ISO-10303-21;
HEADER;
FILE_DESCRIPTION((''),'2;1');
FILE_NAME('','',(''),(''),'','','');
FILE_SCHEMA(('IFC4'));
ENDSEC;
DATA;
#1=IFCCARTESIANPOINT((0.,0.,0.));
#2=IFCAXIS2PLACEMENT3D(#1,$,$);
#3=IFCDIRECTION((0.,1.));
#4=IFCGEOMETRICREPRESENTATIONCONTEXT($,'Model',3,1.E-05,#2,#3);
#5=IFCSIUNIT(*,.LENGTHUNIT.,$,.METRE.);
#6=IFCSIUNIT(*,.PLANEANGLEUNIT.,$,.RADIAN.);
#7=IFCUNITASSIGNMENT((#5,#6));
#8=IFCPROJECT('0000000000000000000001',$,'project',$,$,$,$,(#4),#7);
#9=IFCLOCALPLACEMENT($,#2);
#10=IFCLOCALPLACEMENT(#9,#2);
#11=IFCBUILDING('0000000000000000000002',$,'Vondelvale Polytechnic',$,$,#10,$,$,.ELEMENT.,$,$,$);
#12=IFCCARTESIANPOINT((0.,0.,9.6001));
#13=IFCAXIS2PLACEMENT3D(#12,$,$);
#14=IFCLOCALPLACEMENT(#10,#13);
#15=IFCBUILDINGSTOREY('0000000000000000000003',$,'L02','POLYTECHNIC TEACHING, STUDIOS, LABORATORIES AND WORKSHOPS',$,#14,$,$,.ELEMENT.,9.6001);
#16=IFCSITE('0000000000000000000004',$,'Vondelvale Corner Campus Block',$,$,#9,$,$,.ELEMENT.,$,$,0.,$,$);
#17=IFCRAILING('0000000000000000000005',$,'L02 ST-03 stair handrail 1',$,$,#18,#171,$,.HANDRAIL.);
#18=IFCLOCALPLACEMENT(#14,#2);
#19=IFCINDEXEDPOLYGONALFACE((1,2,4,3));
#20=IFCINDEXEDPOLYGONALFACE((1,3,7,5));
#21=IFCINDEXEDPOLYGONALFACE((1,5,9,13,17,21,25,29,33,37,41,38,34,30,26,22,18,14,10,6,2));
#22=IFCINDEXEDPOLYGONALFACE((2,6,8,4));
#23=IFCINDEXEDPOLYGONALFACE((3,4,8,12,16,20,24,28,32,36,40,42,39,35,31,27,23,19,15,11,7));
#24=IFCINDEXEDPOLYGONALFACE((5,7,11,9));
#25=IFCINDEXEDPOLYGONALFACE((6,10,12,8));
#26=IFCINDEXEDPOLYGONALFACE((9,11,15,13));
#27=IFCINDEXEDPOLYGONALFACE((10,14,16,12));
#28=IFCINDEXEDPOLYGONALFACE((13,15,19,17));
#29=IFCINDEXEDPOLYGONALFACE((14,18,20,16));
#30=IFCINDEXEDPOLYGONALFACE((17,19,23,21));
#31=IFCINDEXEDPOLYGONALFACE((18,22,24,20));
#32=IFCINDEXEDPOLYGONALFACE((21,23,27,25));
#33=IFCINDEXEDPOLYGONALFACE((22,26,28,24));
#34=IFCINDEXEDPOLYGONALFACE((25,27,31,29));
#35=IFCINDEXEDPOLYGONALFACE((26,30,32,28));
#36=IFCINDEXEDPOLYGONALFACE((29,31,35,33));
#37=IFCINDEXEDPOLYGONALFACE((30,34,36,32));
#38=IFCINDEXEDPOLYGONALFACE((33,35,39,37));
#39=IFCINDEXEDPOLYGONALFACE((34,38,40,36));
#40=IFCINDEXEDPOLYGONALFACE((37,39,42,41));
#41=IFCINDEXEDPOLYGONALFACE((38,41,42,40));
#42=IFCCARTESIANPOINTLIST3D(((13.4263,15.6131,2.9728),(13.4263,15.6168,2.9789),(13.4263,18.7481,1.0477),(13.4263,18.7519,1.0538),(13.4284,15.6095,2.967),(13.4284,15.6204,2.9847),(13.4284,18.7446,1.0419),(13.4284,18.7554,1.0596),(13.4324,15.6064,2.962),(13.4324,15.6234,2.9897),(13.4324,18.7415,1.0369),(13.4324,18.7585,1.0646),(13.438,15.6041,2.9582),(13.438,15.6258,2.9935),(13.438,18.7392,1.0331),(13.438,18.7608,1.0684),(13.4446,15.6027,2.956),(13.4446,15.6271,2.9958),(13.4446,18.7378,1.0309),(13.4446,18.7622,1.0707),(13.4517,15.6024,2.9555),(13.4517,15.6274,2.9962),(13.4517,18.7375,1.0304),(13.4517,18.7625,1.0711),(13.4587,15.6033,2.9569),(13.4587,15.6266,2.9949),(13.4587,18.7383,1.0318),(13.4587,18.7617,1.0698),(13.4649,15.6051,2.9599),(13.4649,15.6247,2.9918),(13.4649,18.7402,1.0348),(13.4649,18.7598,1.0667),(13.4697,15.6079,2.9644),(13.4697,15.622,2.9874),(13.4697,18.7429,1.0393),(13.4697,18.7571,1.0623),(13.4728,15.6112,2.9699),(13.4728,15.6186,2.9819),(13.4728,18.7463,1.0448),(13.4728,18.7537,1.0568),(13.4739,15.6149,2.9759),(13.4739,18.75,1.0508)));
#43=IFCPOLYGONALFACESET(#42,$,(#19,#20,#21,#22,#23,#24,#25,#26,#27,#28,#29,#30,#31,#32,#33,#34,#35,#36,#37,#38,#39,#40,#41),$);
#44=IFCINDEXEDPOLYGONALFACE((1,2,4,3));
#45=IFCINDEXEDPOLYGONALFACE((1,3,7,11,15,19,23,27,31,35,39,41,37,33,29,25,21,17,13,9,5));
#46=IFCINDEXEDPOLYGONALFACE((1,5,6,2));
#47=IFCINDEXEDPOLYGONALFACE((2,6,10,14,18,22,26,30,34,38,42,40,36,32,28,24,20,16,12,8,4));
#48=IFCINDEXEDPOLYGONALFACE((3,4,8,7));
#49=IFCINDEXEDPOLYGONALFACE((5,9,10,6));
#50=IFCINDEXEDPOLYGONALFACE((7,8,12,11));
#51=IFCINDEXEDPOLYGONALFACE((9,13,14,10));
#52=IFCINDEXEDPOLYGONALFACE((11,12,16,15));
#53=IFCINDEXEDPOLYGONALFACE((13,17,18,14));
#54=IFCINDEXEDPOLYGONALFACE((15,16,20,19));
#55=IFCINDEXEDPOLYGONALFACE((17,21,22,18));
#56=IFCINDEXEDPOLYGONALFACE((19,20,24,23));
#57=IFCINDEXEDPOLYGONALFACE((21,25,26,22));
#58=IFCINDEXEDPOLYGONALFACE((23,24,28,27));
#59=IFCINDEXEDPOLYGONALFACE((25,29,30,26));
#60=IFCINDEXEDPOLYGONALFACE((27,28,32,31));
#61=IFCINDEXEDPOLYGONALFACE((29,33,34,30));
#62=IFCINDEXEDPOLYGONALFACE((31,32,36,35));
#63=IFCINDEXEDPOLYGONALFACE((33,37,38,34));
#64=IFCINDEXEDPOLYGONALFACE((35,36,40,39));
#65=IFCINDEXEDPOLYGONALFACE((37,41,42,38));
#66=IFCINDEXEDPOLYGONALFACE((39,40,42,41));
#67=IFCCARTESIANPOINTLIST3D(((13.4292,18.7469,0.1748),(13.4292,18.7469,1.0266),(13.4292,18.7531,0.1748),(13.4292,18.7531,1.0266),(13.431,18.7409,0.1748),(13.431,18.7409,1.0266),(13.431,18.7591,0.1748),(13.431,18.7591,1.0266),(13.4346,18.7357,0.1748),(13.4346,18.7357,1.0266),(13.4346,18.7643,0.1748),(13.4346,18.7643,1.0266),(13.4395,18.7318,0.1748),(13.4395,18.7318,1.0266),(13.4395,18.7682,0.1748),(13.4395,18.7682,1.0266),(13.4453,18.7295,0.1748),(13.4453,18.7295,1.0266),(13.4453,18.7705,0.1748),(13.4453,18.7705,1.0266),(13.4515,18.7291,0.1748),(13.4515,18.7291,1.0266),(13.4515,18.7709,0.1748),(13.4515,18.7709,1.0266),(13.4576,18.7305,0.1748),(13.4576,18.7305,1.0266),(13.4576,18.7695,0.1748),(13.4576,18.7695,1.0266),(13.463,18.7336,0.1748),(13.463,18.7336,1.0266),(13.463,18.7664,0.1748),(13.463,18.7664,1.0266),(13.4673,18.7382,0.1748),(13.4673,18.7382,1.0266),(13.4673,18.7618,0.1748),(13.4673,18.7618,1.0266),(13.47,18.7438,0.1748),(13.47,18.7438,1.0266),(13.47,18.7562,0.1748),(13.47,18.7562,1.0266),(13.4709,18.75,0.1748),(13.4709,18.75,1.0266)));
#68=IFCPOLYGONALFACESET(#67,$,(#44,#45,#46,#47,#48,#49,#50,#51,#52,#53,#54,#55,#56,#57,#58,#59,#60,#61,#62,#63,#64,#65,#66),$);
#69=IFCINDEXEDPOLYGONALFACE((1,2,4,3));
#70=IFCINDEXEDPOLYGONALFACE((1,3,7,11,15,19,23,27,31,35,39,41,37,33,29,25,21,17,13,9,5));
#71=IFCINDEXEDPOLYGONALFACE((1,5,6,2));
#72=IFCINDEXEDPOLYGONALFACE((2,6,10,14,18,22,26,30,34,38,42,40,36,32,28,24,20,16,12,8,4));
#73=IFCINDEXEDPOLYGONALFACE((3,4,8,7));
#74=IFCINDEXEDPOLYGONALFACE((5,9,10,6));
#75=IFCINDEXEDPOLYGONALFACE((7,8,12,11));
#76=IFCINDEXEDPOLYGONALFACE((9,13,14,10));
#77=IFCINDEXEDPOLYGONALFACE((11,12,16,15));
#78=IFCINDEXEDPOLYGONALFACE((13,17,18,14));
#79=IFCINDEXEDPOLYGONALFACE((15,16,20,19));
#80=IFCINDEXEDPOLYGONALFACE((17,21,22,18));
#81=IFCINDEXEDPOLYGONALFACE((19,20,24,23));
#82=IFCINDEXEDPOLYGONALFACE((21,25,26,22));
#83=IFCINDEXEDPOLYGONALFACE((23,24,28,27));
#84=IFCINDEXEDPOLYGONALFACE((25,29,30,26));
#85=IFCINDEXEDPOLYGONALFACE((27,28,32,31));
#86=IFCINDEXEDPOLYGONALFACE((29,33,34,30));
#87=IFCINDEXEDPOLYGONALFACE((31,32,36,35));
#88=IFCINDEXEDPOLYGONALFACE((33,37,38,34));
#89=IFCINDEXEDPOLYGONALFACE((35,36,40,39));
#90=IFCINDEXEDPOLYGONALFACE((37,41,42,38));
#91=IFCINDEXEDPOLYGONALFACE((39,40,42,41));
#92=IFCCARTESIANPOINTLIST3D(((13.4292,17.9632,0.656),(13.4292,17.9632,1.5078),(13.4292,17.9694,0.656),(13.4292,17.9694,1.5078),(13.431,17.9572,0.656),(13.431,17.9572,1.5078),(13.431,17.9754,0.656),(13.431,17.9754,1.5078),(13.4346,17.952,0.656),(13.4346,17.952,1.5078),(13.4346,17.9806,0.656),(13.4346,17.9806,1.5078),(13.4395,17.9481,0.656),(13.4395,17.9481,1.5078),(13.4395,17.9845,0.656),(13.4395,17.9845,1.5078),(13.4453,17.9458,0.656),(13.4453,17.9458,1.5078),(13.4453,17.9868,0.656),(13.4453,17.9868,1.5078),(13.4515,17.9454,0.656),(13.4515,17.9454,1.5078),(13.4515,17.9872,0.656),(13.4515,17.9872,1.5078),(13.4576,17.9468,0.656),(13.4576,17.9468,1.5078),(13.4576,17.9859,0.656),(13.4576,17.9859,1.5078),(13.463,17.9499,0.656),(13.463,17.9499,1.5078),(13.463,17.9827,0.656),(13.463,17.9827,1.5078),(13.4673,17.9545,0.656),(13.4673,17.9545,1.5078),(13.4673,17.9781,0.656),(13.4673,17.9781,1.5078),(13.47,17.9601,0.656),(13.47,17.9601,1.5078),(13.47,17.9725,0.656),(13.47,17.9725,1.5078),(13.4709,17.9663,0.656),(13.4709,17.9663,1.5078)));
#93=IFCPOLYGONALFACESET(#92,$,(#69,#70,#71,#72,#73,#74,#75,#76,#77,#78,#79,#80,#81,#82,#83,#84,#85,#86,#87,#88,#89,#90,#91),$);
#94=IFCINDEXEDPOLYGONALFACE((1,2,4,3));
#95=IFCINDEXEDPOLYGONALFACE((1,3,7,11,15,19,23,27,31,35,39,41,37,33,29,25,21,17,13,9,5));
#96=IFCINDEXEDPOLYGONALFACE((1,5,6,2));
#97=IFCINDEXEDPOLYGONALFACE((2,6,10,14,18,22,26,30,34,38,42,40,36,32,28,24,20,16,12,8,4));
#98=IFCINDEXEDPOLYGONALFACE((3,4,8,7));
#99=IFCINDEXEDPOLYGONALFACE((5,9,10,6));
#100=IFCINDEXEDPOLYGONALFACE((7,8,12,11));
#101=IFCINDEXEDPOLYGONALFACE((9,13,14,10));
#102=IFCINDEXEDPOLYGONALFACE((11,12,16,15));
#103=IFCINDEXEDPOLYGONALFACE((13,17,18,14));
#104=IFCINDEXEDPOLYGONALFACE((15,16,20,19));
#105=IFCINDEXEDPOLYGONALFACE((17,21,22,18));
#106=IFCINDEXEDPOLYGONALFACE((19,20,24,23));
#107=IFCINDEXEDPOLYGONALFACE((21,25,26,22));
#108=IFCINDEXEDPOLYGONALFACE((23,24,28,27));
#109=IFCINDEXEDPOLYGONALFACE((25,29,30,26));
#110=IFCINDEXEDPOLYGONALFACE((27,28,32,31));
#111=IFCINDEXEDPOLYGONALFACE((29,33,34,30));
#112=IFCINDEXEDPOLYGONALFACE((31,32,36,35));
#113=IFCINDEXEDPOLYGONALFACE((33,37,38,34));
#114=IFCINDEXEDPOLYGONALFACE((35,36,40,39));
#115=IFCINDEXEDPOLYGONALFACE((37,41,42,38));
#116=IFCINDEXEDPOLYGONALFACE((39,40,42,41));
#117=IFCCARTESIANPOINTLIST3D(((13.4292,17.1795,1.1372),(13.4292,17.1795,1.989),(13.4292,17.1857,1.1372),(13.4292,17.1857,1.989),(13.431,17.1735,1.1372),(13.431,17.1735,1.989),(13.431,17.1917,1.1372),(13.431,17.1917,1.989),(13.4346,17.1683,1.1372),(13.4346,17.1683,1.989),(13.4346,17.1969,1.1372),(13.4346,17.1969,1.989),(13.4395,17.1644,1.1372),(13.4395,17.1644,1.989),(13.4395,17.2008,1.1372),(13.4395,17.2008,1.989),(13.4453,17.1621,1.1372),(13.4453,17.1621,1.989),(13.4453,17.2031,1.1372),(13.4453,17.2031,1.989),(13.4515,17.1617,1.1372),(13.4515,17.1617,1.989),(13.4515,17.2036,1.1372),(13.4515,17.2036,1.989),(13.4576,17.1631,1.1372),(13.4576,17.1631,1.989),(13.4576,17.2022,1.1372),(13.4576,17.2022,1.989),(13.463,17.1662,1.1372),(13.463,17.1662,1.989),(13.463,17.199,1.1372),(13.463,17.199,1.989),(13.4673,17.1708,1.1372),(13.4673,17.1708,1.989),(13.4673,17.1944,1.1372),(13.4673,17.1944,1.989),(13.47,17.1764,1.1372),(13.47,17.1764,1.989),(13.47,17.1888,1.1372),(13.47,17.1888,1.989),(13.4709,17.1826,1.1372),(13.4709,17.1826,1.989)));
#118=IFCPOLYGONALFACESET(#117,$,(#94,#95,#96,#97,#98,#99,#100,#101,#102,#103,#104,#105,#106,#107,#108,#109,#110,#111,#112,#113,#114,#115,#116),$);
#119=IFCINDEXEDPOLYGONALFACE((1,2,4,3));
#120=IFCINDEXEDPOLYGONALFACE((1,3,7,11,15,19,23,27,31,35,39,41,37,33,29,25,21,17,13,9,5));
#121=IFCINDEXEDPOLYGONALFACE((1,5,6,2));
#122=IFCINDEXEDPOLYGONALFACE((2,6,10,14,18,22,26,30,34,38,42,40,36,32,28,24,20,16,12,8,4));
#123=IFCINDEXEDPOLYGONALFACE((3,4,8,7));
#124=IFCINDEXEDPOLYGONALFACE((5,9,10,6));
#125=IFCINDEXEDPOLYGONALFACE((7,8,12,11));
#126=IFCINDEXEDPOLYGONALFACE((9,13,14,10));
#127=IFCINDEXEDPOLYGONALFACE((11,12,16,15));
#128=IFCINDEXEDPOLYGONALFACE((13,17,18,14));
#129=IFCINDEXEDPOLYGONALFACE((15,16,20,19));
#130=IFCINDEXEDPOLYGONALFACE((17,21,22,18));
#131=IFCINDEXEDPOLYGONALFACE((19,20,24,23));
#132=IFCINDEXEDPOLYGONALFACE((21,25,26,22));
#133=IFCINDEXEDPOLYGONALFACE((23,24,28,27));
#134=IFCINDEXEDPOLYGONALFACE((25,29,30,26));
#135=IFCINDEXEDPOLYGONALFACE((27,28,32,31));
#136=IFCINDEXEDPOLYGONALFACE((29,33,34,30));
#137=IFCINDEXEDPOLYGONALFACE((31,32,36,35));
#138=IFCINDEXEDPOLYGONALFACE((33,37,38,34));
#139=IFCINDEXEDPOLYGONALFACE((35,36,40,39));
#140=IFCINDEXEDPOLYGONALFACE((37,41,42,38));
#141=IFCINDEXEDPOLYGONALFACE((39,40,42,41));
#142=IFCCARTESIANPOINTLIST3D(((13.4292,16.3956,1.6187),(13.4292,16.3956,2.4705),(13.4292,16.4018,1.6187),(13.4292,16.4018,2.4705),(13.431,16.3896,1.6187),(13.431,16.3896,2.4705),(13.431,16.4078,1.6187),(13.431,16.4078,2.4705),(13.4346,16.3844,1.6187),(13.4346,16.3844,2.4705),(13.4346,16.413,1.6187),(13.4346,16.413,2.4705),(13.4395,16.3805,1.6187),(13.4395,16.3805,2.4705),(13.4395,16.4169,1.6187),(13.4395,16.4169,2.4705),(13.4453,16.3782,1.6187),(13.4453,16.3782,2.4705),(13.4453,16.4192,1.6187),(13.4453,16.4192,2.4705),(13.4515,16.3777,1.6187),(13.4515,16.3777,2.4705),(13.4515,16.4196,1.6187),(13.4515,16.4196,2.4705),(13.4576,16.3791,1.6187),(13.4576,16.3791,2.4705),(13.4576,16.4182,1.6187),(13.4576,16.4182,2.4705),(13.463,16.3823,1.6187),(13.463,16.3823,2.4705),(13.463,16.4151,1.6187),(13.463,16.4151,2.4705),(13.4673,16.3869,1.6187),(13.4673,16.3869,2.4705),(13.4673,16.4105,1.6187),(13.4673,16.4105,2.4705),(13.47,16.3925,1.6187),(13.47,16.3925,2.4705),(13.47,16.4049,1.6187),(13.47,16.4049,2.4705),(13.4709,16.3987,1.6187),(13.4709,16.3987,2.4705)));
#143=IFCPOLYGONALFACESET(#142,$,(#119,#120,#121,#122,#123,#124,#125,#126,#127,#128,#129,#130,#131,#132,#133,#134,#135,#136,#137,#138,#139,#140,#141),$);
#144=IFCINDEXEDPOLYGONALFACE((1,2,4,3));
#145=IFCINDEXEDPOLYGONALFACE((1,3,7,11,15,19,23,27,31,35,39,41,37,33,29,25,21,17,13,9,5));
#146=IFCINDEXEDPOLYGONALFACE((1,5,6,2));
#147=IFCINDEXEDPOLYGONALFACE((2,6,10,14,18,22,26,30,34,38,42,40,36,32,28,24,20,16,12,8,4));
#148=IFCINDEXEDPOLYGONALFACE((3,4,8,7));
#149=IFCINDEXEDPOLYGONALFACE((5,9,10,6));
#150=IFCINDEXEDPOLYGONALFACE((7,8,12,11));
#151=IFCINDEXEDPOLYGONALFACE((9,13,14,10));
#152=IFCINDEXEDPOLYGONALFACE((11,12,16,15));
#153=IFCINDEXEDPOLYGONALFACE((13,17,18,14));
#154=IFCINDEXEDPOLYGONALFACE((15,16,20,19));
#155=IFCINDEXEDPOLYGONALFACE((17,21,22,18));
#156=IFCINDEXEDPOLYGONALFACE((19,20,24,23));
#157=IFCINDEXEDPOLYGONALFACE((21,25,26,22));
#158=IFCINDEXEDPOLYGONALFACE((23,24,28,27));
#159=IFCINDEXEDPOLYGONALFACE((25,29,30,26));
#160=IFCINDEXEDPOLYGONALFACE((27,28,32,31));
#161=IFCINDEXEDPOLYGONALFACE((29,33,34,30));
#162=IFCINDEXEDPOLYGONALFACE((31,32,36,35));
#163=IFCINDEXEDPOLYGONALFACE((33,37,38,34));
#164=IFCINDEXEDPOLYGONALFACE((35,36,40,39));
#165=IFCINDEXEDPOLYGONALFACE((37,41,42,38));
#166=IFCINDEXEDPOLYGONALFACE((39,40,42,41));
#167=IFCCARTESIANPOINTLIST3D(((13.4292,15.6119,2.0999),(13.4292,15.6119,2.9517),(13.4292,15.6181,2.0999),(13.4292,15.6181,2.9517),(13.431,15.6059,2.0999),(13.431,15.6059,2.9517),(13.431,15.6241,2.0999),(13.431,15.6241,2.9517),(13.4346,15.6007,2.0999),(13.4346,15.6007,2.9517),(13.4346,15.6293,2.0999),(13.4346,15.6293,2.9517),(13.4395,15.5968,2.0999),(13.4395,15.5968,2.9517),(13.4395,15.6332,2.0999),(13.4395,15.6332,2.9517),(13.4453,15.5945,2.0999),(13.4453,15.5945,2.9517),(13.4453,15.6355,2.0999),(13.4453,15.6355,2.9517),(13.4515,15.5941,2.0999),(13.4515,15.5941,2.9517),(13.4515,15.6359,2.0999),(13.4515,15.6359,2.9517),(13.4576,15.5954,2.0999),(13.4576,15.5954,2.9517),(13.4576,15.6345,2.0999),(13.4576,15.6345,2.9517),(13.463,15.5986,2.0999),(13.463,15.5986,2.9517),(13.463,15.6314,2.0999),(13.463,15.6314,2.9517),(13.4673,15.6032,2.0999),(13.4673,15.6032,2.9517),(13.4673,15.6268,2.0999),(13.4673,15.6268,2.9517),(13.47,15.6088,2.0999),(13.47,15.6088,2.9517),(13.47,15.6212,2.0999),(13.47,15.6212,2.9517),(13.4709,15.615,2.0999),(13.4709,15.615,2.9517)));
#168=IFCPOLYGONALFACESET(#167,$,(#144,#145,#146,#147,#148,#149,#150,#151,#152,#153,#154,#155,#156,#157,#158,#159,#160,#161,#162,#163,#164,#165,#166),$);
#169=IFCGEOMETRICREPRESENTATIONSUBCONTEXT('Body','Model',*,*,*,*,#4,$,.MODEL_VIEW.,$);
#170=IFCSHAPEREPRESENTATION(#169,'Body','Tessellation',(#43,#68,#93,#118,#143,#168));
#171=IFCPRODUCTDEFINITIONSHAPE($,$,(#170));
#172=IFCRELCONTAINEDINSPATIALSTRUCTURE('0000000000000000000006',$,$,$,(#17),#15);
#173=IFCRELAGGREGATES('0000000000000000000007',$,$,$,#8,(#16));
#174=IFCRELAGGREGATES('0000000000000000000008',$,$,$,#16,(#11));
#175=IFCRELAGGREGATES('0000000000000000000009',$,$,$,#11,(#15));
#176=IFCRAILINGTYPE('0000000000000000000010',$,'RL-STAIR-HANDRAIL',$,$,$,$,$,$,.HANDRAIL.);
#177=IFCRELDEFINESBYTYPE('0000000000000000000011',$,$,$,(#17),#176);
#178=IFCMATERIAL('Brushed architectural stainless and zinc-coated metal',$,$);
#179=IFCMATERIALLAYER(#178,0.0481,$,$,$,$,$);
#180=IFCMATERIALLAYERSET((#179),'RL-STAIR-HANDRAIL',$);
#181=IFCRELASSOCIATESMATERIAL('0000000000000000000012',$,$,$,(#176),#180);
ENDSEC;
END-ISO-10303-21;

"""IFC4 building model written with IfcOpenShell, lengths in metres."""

from ifc_helpers import new_model, si_unit, direction, frame, origin, origin_2d, place, context, subcontext, project, spatial, circle, extrude, material, layer, layer_set, type_object, element, save


model = new_model("IFC4")

# Units and contexts
model_context = context("Model", 3, precision=1e-05, world=origin(), true_north=direction((0.0, 1.0)))
body_context = subcontext(model_context, "Body", "Model", "MODEL_VIEW")
ifc_project = project(units=[si_unit("LENGTHUNIT", "METRE"), si_unit("PLANEANGLEUNIT", "RADIAN")], contexts=[model_context])

# Site, building, storey
site_placement = place(None, origin())
site = spatial("IfcSite", under=ifc_project, at=site_placement, Name="Vondelvale Corner Campus Block", CompositionType="ELEMENT", RefElevation=0.0)
building_placement = place(site_placement, origin())
building = spatial("IfcBuilding", under=site, at=building_placement, Name="Vondelvale Polytechnic", CompositionType="ELEMENT")
storey_placement = place(building_placement, frame((0.0, 0.0, 9.6001)))
storey = spatial("IfcBuildingStorey", under=building, at=storey_placement, Name="L02", Description="POLYTECHNIC TEACHING, STUDIOS, LABORATORIES AND WORKSHOPS", CompositionType="ELEMENT", Elevation=9.6001)

# Shared definitions
ifc_material_1 = material(Name="Brushed architectural stainless and zinc-coated metal")

# Railing
ifc_layer_1 = layer(ifc_material_1, 0.0481)
ifc_layer_set_1 = layer_set([ifc_layer_1], Name="RL-STAIR-HANDRAIL")
railing_type_1 = type_object("IfcRailingType", Name="RL-STAIR-HANDRAIL", PredefinedType="HANDRAIL", material=ifc_layer_set_1)
railing_1_placement = place(storey_placement, frame((13.45, 18.75, 0.1748)))
element("IfcRailing", 1, at=railing_1_placement, inside=storey, type_object=railing_type_1, Name="L02 ST-03 stair handrail 1", PredefinedType="HANDRAIL", context=body_context, shape_type="SweptSolid", body=[
    extrude(circle(Radius=0.0239, at=origin_2d()), frame((0.0, 0.0, 0.876), z_axis=(0.0, -0.852166, 0.523271), x_axis=(1.0, 0.0, 0.0)), (0.0, 0.0, 1.0), 3.679),
    extrude(circle(Radius=0.021, at=origin_2d()), origin(), (0.0, 0.0, 1.0), 0.8518),
    extrude(circle(Radius=0.021, at=origin_2d()), frame((0.0, -0.7837, 0.4812)), (0.0, 0.0, 1.0), 0.8518),
    extrude(circle(Radius=0.021, at=origin_2d()), frame((0.0, -1.5674, 0.9624)), (0.0, 0.0, 1.0), 0.8518),
    extrude(circle(Radius=0.021, at=origin_2d()), frame((0.0, -2.3513, 1.4438)), (0.0, 0.0, 1.0), 0.8518),
    extrude(circle(Radius=0.021, at=origin_2d()), frame((0.0, -3.135, 1.925)), (0.0, 0.0, 1.0), 0.8518),
])

save(model, "model.ifc")
